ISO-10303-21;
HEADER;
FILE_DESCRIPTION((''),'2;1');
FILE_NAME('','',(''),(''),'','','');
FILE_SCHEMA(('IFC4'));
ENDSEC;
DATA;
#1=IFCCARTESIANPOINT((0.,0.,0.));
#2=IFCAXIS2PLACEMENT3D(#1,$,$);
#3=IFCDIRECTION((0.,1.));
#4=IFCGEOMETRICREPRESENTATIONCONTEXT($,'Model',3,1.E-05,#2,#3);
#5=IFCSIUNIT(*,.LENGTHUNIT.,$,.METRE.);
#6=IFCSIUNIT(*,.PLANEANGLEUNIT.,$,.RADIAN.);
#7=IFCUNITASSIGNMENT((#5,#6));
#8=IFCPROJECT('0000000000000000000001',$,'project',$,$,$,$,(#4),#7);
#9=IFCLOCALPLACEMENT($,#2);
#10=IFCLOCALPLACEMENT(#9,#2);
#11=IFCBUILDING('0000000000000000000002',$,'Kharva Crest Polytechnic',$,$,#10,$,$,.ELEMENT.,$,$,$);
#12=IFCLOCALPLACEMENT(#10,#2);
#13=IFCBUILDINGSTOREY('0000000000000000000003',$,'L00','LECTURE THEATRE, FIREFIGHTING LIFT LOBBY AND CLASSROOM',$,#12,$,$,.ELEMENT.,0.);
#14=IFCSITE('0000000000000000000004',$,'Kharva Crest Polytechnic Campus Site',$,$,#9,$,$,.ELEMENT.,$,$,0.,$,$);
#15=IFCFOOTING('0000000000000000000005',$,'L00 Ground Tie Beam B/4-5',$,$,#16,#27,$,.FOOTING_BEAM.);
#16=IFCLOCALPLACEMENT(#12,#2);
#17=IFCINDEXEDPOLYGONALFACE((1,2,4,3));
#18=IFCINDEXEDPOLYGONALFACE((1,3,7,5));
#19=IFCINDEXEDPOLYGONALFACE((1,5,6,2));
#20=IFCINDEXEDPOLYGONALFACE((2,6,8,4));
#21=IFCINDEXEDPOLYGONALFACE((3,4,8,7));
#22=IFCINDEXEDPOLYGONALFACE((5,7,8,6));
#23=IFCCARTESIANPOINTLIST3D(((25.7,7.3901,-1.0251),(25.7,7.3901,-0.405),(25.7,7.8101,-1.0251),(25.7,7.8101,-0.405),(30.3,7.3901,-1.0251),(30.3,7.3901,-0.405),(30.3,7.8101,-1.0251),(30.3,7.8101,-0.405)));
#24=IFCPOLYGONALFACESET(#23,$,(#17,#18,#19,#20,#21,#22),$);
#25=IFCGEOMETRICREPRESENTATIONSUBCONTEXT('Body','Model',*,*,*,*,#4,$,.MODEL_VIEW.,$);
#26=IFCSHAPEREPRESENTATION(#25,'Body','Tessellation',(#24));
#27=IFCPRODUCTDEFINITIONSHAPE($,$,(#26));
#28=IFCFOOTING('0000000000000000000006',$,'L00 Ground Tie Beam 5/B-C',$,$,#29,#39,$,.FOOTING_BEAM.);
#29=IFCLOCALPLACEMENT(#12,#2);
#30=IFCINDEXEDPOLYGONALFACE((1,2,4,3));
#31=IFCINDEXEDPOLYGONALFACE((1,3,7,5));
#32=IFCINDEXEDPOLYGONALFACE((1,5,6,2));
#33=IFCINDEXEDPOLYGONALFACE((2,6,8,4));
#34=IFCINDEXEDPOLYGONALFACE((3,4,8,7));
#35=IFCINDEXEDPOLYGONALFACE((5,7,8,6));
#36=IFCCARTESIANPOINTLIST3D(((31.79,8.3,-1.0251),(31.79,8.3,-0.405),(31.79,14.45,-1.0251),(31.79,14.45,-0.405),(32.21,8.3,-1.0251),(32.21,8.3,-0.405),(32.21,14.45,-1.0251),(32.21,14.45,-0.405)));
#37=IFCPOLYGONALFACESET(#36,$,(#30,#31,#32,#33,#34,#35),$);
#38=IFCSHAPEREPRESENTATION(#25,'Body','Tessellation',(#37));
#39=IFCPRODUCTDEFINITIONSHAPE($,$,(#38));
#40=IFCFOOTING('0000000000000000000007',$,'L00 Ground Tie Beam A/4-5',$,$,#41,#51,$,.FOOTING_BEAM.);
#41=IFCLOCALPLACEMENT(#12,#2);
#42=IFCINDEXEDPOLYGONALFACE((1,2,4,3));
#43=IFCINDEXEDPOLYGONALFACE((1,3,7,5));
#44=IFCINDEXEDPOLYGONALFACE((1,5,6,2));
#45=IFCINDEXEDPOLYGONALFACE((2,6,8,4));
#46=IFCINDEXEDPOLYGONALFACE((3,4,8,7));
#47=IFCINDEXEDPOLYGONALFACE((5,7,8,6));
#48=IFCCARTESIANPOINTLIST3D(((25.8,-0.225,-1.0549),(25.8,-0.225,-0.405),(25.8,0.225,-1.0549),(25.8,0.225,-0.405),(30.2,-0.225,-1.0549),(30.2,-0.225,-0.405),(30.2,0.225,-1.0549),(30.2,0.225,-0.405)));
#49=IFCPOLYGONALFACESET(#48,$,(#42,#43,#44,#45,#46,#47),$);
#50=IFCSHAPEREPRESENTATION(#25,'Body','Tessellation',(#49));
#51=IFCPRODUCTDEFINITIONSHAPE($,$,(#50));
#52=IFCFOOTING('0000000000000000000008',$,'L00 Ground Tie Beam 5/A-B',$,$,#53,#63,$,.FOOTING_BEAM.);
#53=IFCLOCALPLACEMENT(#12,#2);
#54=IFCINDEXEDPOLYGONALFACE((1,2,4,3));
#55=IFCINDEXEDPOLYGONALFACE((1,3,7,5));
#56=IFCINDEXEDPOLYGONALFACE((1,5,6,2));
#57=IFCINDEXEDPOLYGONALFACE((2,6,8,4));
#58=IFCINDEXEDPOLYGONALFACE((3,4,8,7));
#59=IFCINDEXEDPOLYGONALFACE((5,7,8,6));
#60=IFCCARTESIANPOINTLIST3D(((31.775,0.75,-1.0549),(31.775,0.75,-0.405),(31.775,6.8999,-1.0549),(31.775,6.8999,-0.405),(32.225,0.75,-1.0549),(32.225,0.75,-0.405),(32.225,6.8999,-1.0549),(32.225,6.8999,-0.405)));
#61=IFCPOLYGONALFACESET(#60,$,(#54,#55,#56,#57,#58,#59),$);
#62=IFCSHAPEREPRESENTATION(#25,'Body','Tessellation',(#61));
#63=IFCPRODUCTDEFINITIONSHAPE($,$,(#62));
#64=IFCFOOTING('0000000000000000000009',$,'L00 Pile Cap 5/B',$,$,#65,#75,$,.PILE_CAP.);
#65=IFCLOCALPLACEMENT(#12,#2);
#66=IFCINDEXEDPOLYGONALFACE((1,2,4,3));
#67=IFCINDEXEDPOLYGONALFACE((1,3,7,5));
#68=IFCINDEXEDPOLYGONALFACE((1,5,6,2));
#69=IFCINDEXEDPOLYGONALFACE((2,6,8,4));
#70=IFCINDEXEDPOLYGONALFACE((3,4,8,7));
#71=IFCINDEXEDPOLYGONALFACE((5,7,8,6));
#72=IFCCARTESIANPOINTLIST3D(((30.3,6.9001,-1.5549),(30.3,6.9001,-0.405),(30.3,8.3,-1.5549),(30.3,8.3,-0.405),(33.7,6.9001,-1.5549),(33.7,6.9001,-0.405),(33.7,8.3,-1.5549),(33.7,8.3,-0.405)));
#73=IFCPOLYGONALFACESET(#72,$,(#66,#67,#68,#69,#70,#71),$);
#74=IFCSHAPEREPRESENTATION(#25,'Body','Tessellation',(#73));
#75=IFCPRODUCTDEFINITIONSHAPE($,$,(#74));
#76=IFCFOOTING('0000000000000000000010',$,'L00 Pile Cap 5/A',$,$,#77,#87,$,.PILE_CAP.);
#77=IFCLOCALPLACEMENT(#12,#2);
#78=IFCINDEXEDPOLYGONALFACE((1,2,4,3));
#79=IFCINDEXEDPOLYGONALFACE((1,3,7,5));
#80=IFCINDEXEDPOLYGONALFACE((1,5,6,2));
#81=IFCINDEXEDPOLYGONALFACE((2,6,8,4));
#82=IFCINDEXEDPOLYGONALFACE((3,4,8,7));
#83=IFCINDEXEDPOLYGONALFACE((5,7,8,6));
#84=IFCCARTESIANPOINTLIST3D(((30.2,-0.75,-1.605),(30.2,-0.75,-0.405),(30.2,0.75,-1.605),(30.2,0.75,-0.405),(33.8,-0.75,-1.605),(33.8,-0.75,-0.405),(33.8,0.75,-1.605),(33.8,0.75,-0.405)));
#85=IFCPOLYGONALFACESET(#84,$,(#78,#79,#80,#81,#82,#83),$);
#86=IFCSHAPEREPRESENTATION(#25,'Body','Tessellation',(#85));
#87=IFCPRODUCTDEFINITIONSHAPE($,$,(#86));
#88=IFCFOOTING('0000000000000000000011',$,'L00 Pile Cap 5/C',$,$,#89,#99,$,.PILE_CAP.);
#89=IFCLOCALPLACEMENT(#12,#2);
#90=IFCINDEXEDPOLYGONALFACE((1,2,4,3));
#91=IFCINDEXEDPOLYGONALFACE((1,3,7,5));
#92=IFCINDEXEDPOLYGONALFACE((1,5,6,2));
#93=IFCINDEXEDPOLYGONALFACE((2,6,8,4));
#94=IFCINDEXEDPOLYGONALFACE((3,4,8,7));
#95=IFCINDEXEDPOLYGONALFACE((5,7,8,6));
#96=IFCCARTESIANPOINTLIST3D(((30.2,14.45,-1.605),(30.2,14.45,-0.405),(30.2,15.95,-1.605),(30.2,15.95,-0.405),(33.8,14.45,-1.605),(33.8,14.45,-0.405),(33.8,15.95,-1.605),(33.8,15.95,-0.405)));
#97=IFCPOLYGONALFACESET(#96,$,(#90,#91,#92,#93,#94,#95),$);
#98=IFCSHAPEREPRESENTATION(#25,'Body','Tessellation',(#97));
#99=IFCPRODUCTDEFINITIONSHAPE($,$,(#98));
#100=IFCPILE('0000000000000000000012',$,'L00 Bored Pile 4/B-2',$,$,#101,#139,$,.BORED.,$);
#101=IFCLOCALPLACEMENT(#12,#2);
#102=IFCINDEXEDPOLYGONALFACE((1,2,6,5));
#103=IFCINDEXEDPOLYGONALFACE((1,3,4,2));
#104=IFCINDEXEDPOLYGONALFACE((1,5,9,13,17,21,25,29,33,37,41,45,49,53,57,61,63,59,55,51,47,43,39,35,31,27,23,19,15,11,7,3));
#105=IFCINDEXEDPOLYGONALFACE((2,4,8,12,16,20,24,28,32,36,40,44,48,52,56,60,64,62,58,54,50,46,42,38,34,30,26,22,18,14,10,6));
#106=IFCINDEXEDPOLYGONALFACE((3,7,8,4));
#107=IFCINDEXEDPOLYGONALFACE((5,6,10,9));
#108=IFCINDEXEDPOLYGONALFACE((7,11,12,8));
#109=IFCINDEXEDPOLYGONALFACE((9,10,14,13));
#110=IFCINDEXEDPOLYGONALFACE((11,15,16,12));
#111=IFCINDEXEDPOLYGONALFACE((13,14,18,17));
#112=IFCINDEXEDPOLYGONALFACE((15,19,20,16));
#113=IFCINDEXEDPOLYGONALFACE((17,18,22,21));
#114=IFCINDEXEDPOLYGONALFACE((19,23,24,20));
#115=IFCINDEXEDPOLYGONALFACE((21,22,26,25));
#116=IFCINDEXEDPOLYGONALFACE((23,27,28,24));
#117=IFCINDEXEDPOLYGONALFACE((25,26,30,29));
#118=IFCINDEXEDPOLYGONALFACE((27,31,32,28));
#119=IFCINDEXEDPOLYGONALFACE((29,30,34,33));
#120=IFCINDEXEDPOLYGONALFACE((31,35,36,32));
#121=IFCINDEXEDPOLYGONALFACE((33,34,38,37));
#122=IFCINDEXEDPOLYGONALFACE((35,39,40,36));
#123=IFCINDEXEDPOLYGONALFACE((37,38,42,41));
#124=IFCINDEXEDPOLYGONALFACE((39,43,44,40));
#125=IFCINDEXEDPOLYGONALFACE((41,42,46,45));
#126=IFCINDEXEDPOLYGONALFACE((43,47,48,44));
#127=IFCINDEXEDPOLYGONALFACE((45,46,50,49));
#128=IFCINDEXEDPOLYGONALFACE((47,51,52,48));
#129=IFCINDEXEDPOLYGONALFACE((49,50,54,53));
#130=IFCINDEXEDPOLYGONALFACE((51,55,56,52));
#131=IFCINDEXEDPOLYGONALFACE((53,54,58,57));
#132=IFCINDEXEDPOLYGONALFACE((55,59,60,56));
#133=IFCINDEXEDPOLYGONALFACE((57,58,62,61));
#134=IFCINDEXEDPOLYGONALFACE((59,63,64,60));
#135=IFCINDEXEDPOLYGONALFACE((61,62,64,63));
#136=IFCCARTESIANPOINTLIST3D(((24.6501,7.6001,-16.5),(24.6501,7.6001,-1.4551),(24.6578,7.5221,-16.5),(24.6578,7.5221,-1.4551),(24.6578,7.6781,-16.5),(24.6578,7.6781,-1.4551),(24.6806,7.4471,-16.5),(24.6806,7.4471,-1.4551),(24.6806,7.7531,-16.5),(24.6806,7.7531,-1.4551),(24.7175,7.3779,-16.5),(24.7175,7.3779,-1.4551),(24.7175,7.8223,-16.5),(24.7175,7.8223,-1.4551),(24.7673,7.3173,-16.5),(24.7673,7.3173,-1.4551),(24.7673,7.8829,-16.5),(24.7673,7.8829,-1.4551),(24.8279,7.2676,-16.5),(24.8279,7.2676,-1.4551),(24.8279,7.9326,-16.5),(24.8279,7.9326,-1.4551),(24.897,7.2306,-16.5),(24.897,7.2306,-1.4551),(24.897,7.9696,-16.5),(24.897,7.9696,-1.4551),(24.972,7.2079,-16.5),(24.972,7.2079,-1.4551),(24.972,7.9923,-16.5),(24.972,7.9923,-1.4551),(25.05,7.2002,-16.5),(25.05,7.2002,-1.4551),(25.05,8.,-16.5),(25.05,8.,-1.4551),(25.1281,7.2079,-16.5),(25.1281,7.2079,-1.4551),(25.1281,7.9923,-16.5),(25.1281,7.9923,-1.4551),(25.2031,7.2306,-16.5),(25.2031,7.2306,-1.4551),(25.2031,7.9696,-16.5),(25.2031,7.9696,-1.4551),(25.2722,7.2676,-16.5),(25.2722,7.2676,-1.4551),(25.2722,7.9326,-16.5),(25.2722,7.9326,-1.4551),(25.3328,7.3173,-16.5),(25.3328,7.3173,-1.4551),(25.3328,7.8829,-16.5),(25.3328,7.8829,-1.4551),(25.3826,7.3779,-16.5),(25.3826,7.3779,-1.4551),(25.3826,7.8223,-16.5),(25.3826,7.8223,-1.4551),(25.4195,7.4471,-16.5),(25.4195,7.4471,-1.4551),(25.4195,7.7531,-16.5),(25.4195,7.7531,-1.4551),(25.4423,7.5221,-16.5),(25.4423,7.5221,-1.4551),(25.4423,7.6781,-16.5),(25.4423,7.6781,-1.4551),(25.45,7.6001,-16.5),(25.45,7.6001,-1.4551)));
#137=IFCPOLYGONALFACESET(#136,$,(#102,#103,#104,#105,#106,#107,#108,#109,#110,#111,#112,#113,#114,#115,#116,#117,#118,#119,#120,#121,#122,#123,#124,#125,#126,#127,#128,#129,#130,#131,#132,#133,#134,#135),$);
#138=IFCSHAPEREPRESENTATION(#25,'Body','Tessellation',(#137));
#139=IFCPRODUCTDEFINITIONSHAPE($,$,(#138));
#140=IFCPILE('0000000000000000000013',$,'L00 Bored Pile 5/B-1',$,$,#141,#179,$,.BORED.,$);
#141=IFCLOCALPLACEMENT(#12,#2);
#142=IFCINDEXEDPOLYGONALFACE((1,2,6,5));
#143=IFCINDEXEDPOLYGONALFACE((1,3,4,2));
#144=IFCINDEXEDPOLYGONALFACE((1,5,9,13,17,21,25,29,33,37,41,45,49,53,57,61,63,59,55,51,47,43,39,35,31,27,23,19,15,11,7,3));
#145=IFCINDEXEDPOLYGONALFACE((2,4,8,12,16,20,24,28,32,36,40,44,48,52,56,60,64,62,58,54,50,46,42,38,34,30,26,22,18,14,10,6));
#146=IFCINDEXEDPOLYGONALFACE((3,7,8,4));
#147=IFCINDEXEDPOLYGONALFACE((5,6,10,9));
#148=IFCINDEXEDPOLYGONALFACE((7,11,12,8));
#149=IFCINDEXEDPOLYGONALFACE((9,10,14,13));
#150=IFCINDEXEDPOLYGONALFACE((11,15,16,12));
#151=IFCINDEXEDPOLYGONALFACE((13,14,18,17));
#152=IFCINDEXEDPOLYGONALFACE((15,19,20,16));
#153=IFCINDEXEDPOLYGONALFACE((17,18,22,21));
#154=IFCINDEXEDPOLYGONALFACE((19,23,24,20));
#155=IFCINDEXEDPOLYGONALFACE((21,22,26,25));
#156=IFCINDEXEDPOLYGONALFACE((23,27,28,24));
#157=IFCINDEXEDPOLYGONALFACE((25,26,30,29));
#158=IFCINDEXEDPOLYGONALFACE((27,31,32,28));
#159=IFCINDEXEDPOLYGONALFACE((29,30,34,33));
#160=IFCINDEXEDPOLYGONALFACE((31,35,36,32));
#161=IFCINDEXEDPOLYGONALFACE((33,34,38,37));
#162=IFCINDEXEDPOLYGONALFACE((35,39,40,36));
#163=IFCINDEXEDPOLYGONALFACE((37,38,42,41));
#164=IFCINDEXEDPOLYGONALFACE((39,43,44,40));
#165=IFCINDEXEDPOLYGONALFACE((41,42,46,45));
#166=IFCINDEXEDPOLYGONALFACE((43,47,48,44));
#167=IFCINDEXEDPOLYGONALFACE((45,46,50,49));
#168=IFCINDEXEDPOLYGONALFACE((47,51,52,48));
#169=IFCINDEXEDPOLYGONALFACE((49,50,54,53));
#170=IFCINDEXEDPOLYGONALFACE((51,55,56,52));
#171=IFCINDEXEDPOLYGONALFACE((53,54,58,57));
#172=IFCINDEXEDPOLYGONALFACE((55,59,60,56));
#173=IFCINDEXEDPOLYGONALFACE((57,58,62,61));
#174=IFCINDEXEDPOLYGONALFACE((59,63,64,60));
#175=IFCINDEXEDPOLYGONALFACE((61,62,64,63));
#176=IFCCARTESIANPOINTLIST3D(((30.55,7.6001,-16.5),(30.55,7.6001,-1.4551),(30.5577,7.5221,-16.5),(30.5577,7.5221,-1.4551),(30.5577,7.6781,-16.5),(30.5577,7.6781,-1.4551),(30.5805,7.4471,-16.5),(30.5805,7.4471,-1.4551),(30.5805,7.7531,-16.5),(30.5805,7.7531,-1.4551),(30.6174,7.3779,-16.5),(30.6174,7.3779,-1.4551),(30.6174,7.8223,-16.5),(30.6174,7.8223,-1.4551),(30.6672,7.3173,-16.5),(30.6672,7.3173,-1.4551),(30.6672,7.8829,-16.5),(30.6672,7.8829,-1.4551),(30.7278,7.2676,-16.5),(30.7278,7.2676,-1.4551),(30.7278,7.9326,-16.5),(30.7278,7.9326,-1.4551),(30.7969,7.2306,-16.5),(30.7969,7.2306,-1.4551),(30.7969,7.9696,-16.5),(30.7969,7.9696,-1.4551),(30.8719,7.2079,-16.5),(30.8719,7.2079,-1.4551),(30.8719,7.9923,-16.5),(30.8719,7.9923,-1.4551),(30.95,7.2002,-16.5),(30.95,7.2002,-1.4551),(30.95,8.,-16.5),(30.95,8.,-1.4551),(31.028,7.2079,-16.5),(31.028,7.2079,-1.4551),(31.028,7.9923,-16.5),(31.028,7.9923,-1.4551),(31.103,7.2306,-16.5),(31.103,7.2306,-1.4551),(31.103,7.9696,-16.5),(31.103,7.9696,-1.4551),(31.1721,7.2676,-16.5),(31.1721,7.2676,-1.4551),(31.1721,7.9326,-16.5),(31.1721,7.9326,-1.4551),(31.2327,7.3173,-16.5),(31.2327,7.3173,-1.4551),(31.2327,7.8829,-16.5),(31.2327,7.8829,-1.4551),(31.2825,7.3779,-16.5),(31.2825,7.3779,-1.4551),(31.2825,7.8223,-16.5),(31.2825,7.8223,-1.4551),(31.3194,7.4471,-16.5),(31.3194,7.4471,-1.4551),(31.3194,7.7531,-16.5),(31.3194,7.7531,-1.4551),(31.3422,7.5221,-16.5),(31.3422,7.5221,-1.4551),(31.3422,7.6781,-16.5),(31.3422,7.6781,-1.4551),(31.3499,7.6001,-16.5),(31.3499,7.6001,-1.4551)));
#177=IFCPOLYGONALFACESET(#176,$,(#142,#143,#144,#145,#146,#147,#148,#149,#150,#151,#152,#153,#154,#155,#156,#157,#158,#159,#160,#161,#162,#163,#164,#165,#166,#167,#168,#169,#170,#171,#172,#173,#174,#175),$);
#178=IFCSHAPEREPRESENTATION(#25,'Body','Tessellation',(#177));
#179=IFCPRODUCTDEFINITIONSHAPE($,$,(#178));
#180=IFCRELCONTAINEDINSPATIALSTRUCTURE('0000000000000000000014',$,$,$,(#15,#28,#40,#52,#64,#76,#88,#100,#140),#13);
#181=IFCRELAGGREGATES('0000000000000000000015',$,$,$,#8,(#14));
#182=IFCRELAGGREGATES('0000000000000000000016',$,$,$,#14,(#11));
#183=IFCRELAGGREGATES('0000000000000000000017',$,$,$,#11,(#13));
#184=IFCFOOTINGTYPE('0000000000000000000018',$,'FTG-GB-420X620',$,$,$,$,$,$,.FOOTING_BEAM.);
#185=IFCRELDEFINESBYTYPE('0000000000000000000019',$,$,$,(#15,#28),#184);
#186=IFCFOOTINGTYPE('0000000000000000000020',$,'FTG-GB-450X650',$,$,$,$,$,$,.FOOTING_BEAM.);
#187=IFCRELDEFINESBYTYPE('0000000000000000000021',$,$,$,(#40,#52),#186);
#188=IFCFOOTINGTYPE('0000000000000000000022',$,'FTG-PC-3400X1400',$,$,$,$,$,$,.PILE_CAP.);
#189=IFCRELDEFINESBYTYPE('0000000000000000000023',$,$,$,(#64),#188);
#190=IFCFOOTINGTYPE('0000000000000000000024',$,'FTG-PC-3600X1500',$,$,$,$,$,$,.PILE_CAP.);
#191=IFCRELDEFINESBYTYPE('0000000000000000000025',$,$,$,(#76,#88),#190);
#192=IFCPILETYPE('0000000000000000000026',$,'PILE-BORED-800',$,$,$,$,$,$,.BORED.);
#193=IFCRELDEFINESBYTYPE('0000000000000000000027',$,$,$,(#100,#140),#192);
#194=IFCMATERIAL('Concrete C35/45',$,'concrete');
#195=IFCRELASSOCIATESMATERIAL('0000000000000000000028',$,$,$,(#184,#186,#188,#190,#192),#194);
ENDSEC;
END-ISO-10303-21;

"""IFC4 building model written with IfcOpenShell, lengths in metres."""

from ifc_helpers import new_model, si_unit, direction, frame, origin, origin_2d, place, context, subcontext, project, spatial, rectangle, circle, extrude, material, material_profile, profile_set, type_object, element, save


model = new_model("IFC4")

# Units and contexts
model_context = context("Model", 3, precision=1e-05, world=origin(), true_north=direction((0.0, 1.0)))
body_context = subcontext(model_context, "Body", "Model", "MODEL_VIEW")
ifc_project = project(units=[si_unit("LENGTHUNIT", "METRE"), si_unit("PLANEANGLEUNIT", "RADIAN")], contexts=[model_context])

# Site, building, storey
site_placement = place(None, origin())
site = spatial("IfcSite", under=ifc_project, at=site_placement, Name="Kharva Crest Polytechnic Campus Site", CompositionType="ELEMENT", RefElevation=0.0)
building_placement = place(site_placement, origin())
building = spatial("IfcBuilding", under=site, at=building_placement, Name="Kharva Crest Polytechnic", CompositionType="ELEMENT")
storey_placement = place(building_placement, origin())
storey = spatial("IfcBuildingStorey", under=building, at=storey_placement, Name="L00", Description="LECTURE THEATRE, FIREFIGHTING LIFT LOBBY AND CLASSROOM", CompositionType="ELEMENT", Elevation=0.0)

# Footings
ifc_material_1 = material(Name="Concrete C35/45", Category="concrete")
footing_type_1 = type_object("IfcFootingType", Name="FTG-GB-420X620", PredefinedType="FOOTING_BEAM", material=ifc_material_1)
footing_1_placement = place(storey_placement, frame((28.0, 7.6001, -1.0251), z_axis=(0.0, 0.0, 1.0), x_axis=(1.0, 0.0, 0.0)))
element("IfcFooting", 1, at=footing_1_placement, inside=storey, type_object=footing_type_1, Name="L00 Ground Tie Beam B/4-5", PredefinedType="FOOTING_BEAM", context=body_context, shape_type="SweptSolid", body=[
    extrude(rectangle(XDim=4.6001, YDim=0.4199, at=origin_2d()), origin(), (0.0, 0.0, 1.0), 0.6201),
])
footing_2_placement = place(storey_placement, frame((32.0, 11.375, -1.0251), z_axis=(0.0, 0.0, 1.0), x_axis=(0.0, 1.0, 0.0)))
element("IfcFooting", 2, at=footing_2_placement, inside=storey, type_object=footing_type_1, Name="L00 Ground Tie Beam 5/B-C", PredefinedType="FOOTING_BEAM", context=body_context, shape_type="SweptSolid", body=[
    extrude(rectangle(XDim=6.1499, YDim=0.4199, at=origin_2d()), origin(), (0.0, 0.0, 1.0), 0.6201),
])
footing_type_2 = type_object("IfcFootingType", Name="FTG-GB-450X650", PredefinedType="FOOTING_BEAM", material=ifc_material_1)
footing_3_placement = place(storey_placement, frame((28.0, 0.0, -1.0549), z_axis=(0.0, 0.0, 1.0), x_axis=(1.0, 0.0, 0.0)))
element("IfcFooting", 3, at=footing_3_placement, inside=storey, type_object=footing_type_2, Name="L00 Ground Tie Beam A/4-5", PredefinedType="FOOTING_BEAM", context=body_context, shape_type="SweptSolid", body=[
    extrude(rectangle(XDim=4.3999, YDim=0.45, at=origin_2d()), origin(), (0.0, 0.0, 1.0), 0.6499),
])
footing_4_placement = place(storey_placement, frame((32.0, 3.825, -1.0549), z_axis=(0.0, 0.0, 1.0), x_axis=(0.0, 1.0, 0.0)))
element("IfcFooting", 4, at=footing_4_placement, inside=storey, type_object=footing_type_2, Name="L00 Ground Tie Beam 5/A-B", PredefinedType="FOOTING_BEAM", context=body_context, shape_type="SweptSolid", body=[
    extrude(rectangle(XDim=6.1499, YDim=0.45, at=origin_2d()), origin(), (0.0, 0.0, 1.0), 0.6499),
])
footing_type_3 = type_object("IfcFootingType", Name="FTG-PC-3400X1400", PredefinedType="PILE_CAP", material=ifc_material_1)
footing_5_placement = place(storey_placement, frame((32.0, 7.6001, -1.5549), z_axis=(0.0, 0.0, 1.0), x_axis=(1.0, 0.0, 0.0)))
element("IfcFooting", 5, at=footing_5_placement, inside=storey, type_object=footing_type_3, Name="L00 Pile Cap 5/B", PredefinedType="PILE_CAP", context=body_context, shape_type="SweptSolid", body=[
    extrude(rectangle(XDim=3.3999, YDim=1.3999, at=origin_2d()), origin(), (0.0, 0.0, 1.0), 1.1499),
])
footing_type_4 = type_object("IfcFootingType", Name="FTG-PC-3600X1500", PredefinedType="PILE_CAP", material=ifc_material_1)
for number, where, z_axis, x_axis, name in (
    (6, (32.0, 0.0, -1.605), (0.0, 0.0, 1.0), (1.0, 0.0, 0.0), "L00 Pile Cap 5/A"),
    (7, (32.0, 15.2, -1.605), (0.0, 0.0, 1.0), (1.0, 0.0, 0.0), "L00 Pile Cap 5/C"),
):
    element("IfcFooting", number, at=place(storey_placement, frame(where, z_axis=z_axis, x_axis=x_axis)), inside=storey, type_object=footing_type_4, Name=name, PredefinedType="PILE_CAP", context=body_context, shape_type="SweptSolid", body=[
        extrude(rectangle(XDim=3.6001, YDim=1.5, at=origin_2d()), origin(), (0.0, 0.0, 1.0), 1.2),
    ])

# Piles
ifc_material_profile_1 = material_profile(ifc_material_1, circle(Radius=0.3999, at=origin_2d()), Name="DIA 800")
ifc_profile_set_1 = profile_set([ifc_material_profile_1], Name="Concrete C35/45")
pile_type_1 = type_object("IfcPileType", Name="PILE-BORED-800", PredefinedType="BORED", material=ifc_profile_set_1)
for number, where, z_axis, x_axis, name in (
    (8, (25.05, 7.6001, -1.4551), (0.0, 0.0, -1.0), (1.0, 0.0, 0.0), "L00 Bored Pile 4/B-2"),
    (9, (30.95, 7.6001, -1.4551), (0.0, 0.0, -1.0), (1.0, 0.0, 0.0), "L00 Bored Pile 5/B-1"),
):
    element("IfcPile", number, at=place(storey_placement, frame(where, z_axis=z_axis, x_axis=x_axis)), inside=storey, type_object=pile_type_1, Name=name, PredefinedType="BORED", context=body_context, shape_type="SweptSolid", body=[
        extrude(circle(Radius=0.3999, at=origin_2d()), origin(), (0.0, 0.0, 1.0), 15.0449),
    ])

save(model, "model.ifc")
